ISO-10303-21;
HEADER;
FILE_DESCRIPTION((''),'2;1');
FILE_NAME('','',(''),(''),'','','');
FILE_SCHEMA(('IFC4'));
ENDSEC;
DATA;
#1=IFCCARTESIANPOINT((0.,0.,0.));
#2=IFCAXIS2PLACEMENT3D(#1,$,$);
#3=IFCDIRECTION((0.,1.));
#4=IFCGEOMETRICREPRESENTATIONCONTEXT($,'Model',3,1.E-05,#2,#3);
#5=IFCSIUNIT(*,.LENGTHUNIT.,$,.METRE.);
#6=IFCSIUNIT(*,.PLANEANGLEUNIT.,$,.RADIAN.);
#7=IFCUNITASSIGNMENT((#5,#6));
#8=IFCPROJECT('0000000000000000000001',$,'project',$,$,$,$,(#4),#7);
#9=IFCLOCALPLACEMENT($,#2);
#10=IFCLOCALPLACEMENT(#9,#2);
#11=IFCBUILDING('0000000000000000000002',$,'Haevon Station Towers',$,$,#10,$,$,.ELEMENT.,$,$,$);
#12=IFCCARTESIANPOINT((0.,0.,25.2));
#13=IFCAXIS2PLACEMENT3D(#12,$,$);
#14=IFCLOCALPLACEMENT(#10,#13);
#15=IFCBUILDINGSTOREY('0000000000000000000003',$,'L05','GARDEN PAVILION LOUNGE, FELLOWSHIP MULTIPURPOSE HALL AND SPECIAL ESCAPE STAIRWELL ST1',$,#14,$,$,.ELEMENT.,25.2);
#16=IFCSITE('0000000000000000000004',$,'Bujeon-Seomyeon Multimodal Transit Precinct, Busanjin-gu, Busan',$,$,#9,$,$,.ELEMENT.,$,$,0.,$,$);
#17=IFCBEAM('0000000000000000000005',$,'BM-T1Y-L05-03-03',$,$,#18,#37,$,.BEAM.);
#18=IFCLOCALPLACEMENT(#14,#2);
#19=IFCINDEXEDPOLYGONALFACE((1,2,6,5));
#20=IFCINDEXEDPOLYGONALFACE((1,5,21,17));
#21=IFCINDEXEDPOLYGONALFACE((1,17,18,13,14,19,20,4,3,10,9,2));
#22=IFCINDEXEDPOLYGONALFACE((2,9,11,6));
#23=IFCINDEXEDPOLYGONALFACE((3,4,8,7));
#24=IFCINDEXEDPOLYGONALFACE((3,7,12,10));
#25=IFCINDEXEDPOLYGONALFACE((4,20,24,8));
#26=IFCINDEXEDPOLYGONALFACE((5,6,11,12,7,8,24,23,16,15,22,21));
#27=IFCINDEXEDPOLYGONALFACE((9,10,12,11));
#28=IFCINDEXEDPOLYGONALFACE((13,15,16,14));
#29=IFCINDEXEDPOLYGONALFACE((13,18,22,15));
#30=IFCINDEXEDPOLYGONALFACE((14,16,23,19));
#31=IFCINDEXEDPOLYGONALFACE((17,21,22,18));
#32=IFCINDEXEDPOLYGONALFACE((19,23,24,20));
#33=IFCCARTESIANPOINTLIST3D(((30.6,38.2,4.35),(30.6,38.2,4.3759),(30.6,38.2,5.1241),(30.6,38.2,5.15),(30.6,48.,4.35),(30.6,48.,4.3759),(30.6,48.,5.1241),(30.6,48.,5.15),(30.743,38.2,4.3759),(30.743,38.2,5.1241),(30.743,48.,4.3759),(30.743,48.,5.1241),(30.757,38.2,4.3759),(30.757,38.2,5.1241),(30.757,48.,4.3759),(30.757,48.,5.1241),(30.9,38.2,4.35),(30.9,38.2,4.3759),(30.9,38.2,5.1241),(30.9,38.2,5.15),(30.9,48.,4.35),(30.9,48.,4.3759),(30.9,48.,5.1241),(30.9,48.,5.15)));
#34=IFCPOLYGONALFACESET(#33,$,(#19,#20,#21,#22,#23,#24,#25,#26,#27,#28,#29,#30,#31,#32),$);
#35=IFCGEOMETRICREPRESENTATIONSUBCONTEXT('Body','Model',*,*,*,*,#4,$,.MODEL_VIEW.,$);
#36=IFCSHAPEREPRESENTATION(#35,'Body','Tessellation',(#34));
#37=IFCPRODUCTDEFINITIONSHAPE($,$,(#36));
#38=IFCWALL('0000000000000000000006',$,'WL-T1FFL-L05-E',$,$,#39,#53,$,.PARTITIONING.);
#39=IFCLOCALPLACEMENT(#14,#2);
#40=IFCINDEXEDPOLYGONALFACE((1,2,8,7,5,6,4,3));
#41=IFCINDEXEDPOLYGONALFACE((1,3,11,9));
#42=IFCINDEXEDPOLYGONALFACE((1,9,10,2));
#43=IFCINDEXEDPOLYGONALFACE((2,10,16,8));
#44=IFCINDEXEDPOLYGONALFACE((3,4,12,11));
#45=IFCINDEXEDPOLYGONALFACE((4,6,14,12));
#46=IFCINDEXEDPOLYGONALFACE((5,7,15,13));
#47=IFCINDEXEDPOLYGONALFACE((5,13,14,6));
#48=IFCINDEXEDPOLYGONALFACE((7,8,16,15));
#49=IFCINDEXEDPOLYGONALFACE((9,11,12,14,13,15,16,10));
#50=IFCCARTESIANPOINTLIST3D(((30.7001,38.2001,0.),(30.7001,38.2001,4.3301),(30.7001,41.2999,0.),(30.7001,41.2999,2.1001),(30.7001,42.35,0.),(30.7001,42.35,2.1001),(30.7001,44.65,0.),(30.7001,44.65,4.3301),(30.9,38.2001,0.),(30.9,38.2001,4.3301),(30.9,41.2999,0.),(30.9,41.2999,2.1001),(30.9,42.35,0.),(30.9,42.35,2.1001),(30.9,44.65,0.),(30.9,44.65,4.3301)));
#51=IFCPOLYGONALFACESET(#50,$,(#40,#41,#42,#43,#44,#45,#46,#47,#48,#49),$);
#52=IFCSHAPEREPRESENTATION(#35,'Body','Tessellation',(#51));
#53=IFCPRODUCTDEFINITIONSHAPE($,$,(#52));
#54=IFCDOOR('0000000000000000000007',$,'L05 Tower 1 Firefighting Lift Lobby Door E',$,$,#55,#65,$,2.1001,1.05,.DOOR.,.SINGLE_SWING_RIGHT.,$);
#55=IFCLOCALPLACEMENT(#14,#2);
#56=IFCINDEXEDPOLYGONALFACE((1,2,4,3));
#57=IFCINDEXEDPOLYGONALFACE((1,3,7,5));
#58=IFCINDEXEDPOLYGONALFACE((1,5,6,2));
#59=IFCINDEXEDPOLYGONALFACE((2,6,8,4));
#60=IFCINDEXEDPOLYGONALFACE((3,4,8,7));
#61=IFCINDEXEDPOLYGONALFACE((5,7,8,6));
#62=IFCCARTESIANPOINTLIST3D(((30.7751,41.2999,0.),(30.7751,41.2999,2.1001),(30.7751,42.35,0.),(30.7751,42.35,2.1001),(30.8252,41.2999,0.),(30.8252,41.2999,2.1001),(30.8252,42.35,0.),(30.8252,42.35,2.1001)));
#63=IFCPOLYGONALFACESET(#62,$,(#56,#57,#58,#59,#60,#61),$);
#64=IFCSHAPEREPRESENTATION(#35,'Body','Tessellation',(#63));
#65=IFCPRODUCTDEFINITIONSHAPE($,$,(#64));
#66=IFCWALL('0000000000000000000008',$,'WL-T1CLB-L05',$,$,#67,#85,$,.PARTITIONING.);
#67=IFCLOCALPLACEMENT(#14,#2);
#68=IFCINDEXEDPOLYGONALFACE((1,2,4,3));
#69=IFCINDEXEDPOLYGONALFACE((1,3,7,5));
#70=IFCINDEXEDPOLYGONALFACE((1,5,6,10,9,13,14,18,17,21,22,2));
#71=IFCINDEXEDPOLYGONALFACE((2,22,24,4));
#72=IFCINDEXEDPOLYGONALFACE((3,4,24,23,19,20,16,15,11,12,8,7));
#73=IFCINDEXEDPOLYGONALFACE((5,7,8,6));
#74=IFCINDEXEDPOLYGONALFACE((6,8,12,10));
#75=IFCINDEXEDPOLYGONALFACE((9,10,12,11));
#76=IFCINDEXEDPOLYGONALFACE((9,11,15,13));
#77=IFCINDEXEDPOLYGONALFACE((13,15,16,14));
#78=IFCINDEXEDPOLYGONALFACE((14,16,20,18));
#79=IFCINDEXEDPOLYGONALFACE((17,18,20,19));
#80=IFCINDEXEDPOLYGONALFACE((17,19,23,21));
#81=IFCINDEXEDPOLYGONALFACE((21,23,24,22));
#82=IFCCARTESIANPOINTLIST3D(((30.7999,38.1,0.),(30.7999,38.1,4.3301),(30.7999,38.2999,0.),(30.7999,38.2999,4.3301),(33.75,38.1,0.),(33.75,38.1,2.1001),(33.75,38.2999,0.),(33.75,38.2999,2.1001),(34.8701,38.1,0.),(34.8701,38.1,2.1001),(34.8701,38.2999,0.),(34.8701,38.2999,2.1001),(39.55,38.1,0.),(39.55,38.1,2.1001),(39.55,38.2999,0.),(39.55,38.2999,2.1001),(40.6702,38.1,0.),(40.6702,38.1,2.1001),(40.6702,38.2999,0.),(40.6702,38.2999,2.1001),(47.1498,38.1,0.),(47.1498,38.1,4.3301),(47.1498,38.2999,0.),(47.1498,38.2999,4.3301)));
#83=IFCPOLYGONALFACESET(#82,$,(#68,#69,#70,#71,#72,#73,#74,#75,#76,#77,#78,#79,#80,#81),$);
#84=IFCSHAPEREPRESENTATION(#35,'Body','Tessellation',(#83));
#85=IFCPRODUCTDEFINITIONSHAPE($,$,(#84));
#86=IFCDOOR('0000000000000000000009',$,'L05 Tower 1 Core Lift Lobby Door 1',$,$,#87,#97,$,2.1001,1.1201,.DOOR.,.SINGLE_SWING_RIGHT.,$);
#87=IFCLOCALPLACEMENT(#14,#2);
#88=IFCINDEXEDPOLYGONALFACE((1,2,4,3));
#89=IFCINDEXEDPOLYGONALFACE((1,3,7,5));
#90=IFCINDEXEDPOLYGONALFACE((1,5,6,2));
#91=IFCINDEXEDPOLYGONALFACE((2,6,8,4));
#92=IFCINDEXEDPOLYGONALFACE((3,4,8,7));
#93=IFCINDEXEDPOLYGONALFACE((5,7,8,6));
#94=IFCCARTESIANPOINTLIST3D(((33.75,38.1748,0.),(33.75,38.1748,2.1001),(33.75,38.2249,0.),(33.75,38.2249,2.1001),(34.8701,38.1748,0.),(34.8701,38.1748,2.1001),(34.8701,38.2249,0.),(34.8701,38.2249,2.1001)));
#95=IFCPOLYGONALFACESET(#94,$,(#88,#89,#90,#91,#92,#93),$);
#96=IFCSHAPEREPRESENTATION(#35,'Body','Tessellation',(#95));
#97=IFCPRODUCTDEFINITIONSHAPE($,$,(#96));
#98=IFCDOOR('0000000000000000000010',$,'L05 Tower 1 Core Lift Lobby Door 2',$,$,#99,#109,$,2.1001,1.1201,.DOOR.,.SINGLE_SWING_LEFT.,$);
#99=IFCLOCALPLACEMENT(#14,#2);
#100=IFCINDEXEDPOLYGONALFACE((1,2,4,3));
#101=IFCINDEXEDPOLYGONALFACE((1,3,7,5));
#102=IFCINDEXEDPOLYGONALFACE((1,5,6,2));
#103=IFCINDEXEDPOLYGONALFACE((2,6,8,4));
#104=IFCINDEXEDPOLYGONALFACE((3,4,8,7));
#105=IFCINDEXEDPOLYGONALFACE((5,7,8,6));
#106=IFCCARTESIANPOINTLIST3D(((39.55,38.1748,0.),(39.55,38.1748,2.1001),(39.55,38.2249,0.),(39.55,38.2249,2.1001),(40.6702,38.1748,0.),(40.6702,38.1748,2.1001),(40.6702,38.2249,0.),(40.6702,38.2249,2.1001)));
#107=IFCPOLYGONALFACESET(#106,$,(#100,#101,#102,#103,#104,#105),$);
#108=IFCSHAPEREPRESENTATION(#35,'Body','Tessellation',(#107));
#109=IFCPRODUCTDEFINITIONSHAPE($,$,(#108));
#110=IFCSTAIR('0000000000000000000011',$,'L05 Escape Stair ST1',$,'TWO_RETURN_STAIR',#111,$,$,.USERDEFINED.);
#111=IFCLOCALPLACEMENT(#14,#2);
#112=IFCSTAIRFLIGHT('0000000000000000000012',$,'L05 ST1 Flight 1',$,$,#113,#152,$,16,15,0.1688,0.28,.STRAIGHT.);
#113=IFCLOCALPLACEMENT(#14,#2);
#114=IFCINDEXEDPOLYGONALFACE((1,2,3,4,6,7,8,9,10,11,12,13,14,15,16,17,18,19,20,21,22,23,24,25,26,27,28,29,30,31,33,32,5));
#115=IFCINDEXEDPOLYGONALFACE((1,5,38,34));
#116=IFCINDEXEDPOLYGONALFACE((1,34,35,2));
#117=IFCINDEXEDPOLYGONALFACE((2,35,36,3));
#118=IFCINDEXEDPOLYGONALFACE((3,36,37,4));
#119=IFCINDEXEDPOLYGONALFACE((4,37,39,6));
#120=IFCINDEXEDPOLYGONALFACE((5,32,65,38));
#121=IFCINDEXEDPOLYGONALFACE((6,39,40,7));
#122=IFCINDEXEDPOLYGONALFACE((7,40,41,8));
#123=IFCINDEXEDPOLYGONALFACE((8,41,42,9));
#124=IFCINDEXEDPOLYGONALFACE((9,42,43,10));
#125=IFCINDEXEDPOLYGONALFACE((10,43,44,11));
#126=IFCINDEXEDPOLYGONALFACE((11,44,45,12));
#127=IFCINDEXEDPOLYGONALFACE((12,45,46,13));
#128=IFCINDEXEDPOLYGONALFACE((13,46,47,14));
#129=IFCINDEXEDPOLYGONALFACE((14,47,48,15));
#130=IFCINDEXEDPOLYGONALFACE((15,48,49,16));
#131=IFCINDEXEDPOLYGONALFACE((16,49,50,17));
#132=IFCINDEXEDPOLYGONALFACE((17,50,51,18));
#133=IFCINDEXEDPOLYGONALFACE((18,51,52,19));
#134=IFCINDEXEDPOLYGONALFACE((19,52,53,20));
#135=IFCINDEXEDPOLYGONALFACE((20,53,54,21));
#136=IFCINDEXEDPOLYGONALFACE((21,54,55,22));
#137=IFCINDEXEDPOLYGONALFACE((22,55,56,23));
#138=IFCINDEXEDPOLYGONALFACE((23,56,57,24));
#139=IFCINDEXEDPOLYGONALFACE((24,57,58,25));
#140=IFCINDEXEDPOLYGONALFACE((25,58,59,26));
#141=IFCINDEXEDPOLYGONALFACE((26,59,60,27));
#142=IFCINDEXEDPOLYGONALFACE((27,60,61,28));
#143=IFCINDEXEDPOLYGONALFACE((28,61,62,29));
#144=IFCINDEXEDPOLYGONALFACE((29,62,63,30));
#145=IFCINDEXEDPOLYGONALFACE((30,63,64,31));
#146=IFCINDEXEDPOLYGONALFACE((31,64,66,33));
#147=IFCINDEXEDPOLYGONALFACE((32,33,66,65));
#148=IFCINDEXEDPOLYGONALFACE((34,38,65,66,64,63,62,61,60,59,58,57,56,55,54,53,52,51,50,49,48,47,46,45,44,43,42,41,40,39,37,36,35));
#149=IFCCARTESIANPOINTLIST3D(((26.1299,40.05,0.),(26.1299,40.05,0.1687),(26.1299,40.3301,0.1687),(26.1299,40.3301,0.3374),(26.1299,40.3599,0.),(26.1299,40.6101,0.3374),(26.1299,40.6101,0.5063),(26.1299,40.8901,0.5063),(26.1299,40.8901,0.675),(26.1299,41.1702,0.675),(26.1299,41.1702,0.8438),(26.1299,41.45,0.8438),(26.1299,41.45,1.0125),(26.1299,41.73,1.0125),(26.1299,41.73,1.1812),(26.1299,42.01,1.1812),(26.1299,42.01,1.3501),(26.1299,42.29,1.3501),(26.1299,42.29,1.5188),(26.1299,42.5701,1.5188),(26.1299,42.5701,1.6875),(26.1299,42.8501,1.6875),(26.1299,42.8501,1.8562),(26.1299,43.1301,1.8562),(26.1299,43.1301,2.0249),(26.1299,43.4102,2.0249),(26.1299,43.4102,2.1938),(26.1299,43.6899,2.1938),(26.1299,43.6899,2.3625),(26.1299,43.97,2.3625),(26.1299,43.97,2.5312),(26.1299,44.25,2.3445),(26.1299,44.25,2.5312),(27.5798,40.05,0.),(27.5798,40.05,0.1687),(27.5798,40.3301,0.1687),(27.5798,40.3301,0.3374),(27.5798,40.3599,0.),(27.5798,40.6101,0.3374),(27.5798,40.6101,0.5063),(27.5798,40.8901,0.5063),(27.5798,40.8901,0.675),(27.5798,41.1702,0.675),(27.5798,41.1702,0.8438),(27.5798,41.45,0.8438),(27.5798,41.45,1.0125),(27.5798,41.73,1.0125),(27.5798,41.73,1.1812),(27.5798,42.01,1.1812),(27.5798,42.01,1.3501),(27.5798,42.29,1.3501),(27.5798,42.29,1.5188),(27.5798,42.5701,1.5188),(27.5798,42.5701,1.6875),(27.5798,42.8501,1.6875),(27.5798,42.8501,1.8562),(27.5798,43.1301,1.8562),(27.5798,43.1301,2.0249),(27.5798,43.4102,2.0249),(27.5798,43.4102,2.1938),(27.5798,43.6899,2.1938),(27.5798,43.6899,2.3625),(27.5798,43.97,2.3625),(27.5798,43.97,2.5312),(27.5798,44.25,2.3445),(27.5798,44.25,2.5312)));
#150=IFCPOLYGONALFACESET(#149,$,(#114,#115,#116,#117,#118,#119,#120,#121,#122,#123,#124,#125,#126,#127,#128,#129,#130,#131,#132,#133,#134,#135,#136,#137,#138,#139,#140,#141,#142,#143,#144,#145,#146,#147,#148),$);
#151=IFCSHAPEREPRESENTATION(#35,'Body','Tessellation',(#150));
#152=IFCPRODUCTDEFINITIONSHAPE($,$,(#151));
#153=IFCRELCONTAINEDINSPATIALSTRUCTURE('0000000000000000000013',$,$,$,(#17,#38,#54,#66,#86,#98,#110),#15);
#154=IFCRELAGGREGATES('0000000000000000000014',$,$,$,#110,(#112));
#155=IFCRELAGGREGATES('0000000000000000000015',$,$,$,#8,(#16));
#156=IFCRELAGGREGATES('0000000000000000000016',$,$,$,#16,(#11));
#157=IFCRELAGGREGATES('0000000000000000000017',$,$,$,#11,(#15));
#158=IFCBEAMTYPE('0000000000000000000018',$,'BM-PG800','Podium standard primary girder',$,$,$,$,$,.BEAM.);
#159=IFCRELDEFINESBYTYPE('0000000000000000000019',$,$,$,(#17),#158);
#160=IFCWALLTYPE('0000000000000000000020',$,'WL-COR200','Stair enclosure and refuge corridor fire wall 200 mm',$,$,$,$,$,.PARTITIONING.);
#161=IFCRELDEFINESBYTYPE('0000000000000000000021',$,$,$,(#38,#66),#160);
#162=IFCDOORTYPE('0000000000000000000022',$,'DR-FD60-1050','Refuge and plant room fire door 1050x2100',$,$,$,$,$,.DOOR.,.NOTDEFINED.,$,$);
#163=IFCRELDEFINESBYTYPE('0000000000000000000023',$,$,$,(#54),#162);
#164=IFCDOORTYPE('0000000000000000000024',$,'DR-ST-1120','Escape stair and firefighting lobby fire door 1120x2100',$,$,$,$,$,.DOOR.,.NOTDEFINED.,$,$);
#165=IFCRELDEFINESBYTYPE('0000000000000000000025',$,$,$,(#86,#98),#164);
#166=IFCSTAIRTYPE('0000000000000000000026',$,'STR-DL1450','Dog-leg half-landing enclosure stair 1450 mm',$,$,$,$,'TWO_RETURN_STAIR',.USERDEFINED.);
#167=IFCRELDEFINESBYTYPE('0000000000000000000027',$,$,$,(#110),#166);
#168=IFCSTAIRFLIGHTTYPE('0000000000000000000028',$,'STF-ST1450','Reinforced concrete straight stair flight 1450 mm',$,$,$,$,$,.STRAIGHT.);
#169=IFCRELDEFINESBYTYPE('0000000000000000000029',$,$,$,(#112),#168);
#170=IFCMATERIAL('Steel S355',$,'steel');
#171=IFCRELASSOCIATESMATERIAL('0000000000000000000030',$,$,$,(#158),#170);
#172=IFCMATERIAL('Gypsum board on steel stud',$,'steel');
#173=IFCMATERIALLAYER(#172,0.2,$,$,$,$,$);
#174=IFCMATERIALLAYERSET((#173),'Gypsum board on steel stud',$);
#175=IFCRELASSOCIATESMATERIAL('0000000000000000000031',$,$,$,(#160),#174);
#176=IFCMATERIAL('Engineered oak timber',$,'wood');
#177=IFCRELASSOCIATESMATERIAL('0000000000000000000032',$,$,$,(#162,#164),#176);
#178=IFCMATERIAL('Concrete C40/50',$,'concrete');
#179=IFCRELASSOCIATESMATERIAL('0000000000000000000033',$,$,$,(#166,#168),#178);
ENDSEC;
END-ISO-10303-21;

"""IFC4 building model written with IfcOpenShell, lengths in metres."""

from ifc_helpers import new_model, si_unit, direction, frame, frame_2d, origin, origin_2d, place, context, subcontext, project, spatial, polyline, rectangle, i_section, outline, extrude, material, layer, layer_set, material_profile, profile_set, type_object, element, fill, aggregate, save


model = new_model("IFC4")

# Units and contexts
model_context = context("Model", 3, precision=1e-05, world=origin(), true_north=direction((0.0, 1.0)))
body_context = subcontext(model_context, "Body", "Model", "MODEL_VIEW")
ifc_project = project(units=[si_unit("LENGTHUNIT", "METRE"), si_unit("PLANEANGLEUNIT", "RADIAN")], contexts=[model_context])

# Site, building, storey
site_placement = place(None, origin())
site = spatial("IfcSite", under=ifc_project, at=site_placement, Name="Bujeon-Seomyeon Multimodal Transit Precinct, Busanjin-gu, Busan", CompositionType="ELEMENT", RefElevation=0.0)
building_placement = place(site_placement, origin())
building = spatial("IfcBuilding", under=site, at=building_placement, Name="Haevon Station Towers", CompositionType="ELEMENT")
storey_placement = place(building_placement, frame((0.0, 0.0, 25.2)))
storey = spatial("IfcBuildingStorey", under=building, at=storey_placement, Name="L05", Description="GARDEN PAVILION LOUNGE, FELLOWSHIP MULTIPURPOSE HALL AND SPECIAL ESCAPE STAIRWELL ST1", CompositionType="ELEMENT", Elevation=25.2)

# Beam
ifc_material_1 = material(Name="Steel S355", Category="steel")
ifc_material_profile = material_profile(ifc_material_1, i_section(OverallWidth=0.3, OverallDepth=0.8, WebThickness=0.0139, FlangeThickness=0.0259, at=origin_2d()), Name="H-800x300x14x26")
ifc_profile_set = profile_set([ifc_material_profile], Name="Steel S355")
beam_type = type_object("IfcBeamType", Name="BM-PG800", Description="Podium standard primary girder", PredefinedType="BEAM", material=ifc_profile_set)
beam_placement = place(storey_placement, frame((30.75, 38.2, 4.75), z_axis=(0.0, 1.0, 0.0), x_axis=(-1.0, 0.0, 0.0)))
element("IfcBeam", 1, at=beam_placement, inside=storey, type_object=beam_type, Name="BM-T1Y-L05-03-03", PredefinedType="BEAM", context=body_context, shape_type="SweptSolid", body=[
    extrude(i_section(OverallWidth=0.3, OverallDepth=0.8, WebThickness=0.0139, FlangeThickness=0.0259, at=origin_2d()), origin(), (0.0, 0.0, 1.0), 9.8),
])

# Wall, opening, door
ifc_material_2 = material(Name="Gypsum board on steel stud", Category="steel")
ifc_layer = layer(ifc_material_2, 0.2)
ifc_layer_set = layer_set([ifc_layer], Name="Gypsum board on steel stud")
wall_type = type_object("IfcWallType", Name="WL-COR200", Description="Stair enclosure and refuge corridor fire wall 200 mm", PredefinedType="PARTITIONING", material=ifc_layer_set)
wall_1_placement = place(storey_placement, frame((30.8, 38.2, 0.0), z_axis=(0.0, 0.0, 1.0), x_axis=(0.0, 1.0, 0.0)))
wall_1 = element("IfcWall", 2, at=wall_1_placement, inside=storey, type_object=wall_type, Name="WL-T1FFL-L05-E", PredefinedType="PARTITIONING", context=body_context, shape_type="SweptSolid", body=[
    extrude(rectangle(XDim=6.45, YDim=0.2, at=frame_2d((3.2251, 0.0))), origin(), (0.0, 0.0, 1.0), 4.3301),
])
opening_1_placement = place(wall_1_placement, frame((3.1001, 0.0, 0.0)))
opening_1 = element("IfcOpeningElement", 3, at=opening_1_placement, cuts=wall_1, PredefinedType="OPENING", context=body_context, shape_type="SweptSolid", body=[
    extrude(rectangle(XDim=1.05, YDim=2.1001, at=frame_2d((0.5249, 1.05))), frame((0.0, 0.1099, 0.0), z_axis=(0.0, -1.0, 0.0), x_axis=(1.0, 0.0, 0.0)), (0.0, 0.0, 1.0), 0.22),
])
ifc_material_3 = material(Name="Engineered oak timber", Category="wood")
door_type_1 = type_object("IfcDoorType", Name="DR-FD60-1050", Description="Refuge and plant room fire door 1050x2100", OperationType="NOTDEFINED", PredefinedType="DOOR", material=ifc_material_3)
door_1_placement = place(opening_1_placement, origin())
door_1 = element("IfcDoor", 4, at=door_1_placement, inside=storey, type_object=door_type_1, Name="L05 Tower 1 Firefighting Lift Lobby Door E", OperationType="SINGLE_SWING_RIGHT", OverallHeight=2.1001, OverallWidth=1.05, PredefinedType="DOOR", context=body_context, shape_type="SweptSolid", body=[
    extrude(rectangle(XDim=1.05, YDim=2.1001, at=frame_2d((0.5249, 1.05))), frame((0.0, 0.0249, 0.0), z_axis=(0.0, -1.0, 0.0), x_axis=(1.0, 0.0, 0.0)), (0.0, 0.0, 1.0), 0.05),
])
fill(opening_1, door_1)

# Wall, openings, doors
wall_2_placement = place(storey_placement, frame((30.8, 38.2, 0.0), z_axis=(0.0, 0.0, 1.0), x_axis=(1.0, 0.0, 0.0)))
wall_2 = element("IfcWall", 5, at=wall_2_placement, inside=storey, type_object=wall_type, Name="WL-T1CLB-L05", PredefinedType="PARTITIONING", context=body_context, shape_type="SweptSolid", body=[
    extrude(rectangle(XDim=16.3499, YDim=0.2, at=frame_2d((8.1748, 0.0))), origin(), (0.0, 0.0, 1.0), 4.3301),
])
opening_2_placement = place(wall_2_placement, frame((2.95, 0.0, 0.0)))
opening_2 = element("IfcOpeningElement", 6, at=opening_2_placement, cuts=wall_2, PredefinedType="OPENING", context=body_context, shape_type="SweptSolid", body=[
    extrude(rectangle(XDim=1.1201, YDim=2.1001, at=frame_2d((0.5601, 1.05))), frame((0.0, 0.1099, 0.0), z_axis=(0.0, -1.0, 0.0), x_axis=(1.0, 0.0, 0.0)), (0.0, 0.0, 1.0), 0.22),
])
opening_3_placement = place(wall_2_placement, frame((8.75, 0.0, 0.0)))
opening_3 = element("IfcOpeningElement", 7, at=opening_3_placement, cuts=wall_2, PredefinedType="OPENING", context=body_context, shape_type="SweptSolid", body=[
    extrude(rectangle(XDim=1.1201, YDim=2.1001, at=frame_2d((0.5601, 1.05))), frame((0.0, 0.1099, 0.0), z_axis=(0.0, -1.0, 0.0), x_axis=(1.0, 0.0, 0.0)), (0.0, 0.0, 1.0), 0.22),
])
door_type_2 = type_object("IfcDoorType", Name="DR-ST-1120", Description="Escape stair and firefighting lobby fire door 1120x2100", OperationType="NOTDEFINED", PredefinedType="DOOR", material=ifc_material_3)
door_2_placement = place(opening_2_placement, origin())
door_2 = element("IfcDoor", 8, at=door_2_placement, inside=storey, type_object=door_type_2, Name="L05 Tower 1 Core Lift Lobby Door 1", OperationType="SINGLE_SWING_RIGHT", OverallHeight=2.1001, OverallWidth=1.1201, PredefinedType="DOOR", context=body_context, shape_type="SweptSolid", body=[
    extrude(rectangle(XDim=1.1201, YDim=2.1001, at=frame_2d((0.5601, 1.05))), frame((0.0, 0.0249, 0.0), z_axis=(0.0, -1.0, 0.0), x_axis=(1.0, 0.0, 0.0)), (0.0, 0.0, 1.0), 0.05),
])
fill(opening_2, door_2)
door_3_placement = place(opening_3_placement, origin())
door_3 = element("IfcDoor", 9, at=door_3_placement, inside=storey, type_object=door_type_2, Name="L05 Tower 1 Core Lift Lobby Door 2", OperationType="SINGLE_SWING_LEFT", OverallHeight=2.1001, OverallWidth=1.1201, PredefinedType="DOOR", context=body_context, shape_type="SweptSolid", body=[
    extrude(rectangle(XDim=1.1201, YDim=2.1001, at=frame_2d((0.5601, 1.05))), frame((0.0, 0.0249, 0.0), z_axis=(0.0, -1.0, 0.0), x_axis=(1.0, 0.0, 0.0)), (0.0, 0.0, 1.0), 0.05),
])
fill(opening_3, door_3)

# Stair, stair flight
ifc_material_4 = material(Name="Concrete C40/50", Category="concrete")
stair_type = type_object("IfcStairType", Name="STR-DL1450", Description="Dog-leg half-landing enclosure stair 1450 mm", ElementType="TWO_RETURN_STAIR", PredefinedType="USERDEFINED", material=ifc_material_4)
stair_placement = place(storey_placement, origin())
stair = element("IfcStair", 10, at=stair_placement, inside=storey, type_object=stair_type, Name="L05 Escape Stair ST1", ObjectType="TWO_RETURN_STAIR", PredefinedType="USERDEFINED")
stair_flight_type = type_object("IfcStairFlightType", Name="STF-ST1450", Description="Reinforced concrete straight stair flight 1450 mm", PredefinedType="STRAIGHT", material=ifc_material_4)
stair_flight_1_placement = place(storey_placement, frame((26.855, 40.05, 0.0), z_axis=(0.0, 0.0, 1.0), x_axis=(0.0, 1.0, 0.0)))
stair_flight_1 = element("IfcStairFlight", 11, at=stair_flight_1_placement, type_object=stair_flight_type, Name="L05 ST1 Flight 1", NumberOfRisers=16, NumberOfTreads=15, PredefinedType="STRAIGHT", RiserHeight=0.1688, TreadLength=0.28, context=body_context, shape_type="SweptSolid", body=[
    extrude(outline(polyline([(0.0, 0.0), (0.0, 0.1687), (0.28, 0.1687), (0.28, 0.3374), (0.5601, 0.3374), (0.5601, 0.5063), (0.8401, 0.5063), (0.8401, 0.675), (1.1201, 0.675), (1.1201, 0.8438), (1.3999, 0.8438), (1.3999, 1.0125), (1.6799, 1.0125), (1.6799, 1.1812), (1.96, 1.1812), (1.96, 1.3501), (2.24, 1.3501), (2.24, 1.5188), (2.52, 1.5188), (2.52, 1.6875), (2.8, 1.6875), (2.8, 1.8562), (3.0801, 1.8562), (3.0801, 2.0249), (3.3601, 2.0249), (3.3601, 2.1938), (3.6399, 2.1938), (3.6399, 2.3625), (3.9199, 2.3625), (3.9199, 2.5312), (4.2, 2.5312), (4.2, 2.7), (4.2, 2.3445), (0.3098, 0.0), (0.0, 0.0)])), frame((0.0, 0.7251, 0.0), z_axis=(0.0, -1.0, 0.0), x_axis=(1.0, 0.0, 0.0)), (0.0, 0.0, 1.0), 1.45),
])
aggregate(stair, [stair_flight_1])

save(model, "model.ifc")
